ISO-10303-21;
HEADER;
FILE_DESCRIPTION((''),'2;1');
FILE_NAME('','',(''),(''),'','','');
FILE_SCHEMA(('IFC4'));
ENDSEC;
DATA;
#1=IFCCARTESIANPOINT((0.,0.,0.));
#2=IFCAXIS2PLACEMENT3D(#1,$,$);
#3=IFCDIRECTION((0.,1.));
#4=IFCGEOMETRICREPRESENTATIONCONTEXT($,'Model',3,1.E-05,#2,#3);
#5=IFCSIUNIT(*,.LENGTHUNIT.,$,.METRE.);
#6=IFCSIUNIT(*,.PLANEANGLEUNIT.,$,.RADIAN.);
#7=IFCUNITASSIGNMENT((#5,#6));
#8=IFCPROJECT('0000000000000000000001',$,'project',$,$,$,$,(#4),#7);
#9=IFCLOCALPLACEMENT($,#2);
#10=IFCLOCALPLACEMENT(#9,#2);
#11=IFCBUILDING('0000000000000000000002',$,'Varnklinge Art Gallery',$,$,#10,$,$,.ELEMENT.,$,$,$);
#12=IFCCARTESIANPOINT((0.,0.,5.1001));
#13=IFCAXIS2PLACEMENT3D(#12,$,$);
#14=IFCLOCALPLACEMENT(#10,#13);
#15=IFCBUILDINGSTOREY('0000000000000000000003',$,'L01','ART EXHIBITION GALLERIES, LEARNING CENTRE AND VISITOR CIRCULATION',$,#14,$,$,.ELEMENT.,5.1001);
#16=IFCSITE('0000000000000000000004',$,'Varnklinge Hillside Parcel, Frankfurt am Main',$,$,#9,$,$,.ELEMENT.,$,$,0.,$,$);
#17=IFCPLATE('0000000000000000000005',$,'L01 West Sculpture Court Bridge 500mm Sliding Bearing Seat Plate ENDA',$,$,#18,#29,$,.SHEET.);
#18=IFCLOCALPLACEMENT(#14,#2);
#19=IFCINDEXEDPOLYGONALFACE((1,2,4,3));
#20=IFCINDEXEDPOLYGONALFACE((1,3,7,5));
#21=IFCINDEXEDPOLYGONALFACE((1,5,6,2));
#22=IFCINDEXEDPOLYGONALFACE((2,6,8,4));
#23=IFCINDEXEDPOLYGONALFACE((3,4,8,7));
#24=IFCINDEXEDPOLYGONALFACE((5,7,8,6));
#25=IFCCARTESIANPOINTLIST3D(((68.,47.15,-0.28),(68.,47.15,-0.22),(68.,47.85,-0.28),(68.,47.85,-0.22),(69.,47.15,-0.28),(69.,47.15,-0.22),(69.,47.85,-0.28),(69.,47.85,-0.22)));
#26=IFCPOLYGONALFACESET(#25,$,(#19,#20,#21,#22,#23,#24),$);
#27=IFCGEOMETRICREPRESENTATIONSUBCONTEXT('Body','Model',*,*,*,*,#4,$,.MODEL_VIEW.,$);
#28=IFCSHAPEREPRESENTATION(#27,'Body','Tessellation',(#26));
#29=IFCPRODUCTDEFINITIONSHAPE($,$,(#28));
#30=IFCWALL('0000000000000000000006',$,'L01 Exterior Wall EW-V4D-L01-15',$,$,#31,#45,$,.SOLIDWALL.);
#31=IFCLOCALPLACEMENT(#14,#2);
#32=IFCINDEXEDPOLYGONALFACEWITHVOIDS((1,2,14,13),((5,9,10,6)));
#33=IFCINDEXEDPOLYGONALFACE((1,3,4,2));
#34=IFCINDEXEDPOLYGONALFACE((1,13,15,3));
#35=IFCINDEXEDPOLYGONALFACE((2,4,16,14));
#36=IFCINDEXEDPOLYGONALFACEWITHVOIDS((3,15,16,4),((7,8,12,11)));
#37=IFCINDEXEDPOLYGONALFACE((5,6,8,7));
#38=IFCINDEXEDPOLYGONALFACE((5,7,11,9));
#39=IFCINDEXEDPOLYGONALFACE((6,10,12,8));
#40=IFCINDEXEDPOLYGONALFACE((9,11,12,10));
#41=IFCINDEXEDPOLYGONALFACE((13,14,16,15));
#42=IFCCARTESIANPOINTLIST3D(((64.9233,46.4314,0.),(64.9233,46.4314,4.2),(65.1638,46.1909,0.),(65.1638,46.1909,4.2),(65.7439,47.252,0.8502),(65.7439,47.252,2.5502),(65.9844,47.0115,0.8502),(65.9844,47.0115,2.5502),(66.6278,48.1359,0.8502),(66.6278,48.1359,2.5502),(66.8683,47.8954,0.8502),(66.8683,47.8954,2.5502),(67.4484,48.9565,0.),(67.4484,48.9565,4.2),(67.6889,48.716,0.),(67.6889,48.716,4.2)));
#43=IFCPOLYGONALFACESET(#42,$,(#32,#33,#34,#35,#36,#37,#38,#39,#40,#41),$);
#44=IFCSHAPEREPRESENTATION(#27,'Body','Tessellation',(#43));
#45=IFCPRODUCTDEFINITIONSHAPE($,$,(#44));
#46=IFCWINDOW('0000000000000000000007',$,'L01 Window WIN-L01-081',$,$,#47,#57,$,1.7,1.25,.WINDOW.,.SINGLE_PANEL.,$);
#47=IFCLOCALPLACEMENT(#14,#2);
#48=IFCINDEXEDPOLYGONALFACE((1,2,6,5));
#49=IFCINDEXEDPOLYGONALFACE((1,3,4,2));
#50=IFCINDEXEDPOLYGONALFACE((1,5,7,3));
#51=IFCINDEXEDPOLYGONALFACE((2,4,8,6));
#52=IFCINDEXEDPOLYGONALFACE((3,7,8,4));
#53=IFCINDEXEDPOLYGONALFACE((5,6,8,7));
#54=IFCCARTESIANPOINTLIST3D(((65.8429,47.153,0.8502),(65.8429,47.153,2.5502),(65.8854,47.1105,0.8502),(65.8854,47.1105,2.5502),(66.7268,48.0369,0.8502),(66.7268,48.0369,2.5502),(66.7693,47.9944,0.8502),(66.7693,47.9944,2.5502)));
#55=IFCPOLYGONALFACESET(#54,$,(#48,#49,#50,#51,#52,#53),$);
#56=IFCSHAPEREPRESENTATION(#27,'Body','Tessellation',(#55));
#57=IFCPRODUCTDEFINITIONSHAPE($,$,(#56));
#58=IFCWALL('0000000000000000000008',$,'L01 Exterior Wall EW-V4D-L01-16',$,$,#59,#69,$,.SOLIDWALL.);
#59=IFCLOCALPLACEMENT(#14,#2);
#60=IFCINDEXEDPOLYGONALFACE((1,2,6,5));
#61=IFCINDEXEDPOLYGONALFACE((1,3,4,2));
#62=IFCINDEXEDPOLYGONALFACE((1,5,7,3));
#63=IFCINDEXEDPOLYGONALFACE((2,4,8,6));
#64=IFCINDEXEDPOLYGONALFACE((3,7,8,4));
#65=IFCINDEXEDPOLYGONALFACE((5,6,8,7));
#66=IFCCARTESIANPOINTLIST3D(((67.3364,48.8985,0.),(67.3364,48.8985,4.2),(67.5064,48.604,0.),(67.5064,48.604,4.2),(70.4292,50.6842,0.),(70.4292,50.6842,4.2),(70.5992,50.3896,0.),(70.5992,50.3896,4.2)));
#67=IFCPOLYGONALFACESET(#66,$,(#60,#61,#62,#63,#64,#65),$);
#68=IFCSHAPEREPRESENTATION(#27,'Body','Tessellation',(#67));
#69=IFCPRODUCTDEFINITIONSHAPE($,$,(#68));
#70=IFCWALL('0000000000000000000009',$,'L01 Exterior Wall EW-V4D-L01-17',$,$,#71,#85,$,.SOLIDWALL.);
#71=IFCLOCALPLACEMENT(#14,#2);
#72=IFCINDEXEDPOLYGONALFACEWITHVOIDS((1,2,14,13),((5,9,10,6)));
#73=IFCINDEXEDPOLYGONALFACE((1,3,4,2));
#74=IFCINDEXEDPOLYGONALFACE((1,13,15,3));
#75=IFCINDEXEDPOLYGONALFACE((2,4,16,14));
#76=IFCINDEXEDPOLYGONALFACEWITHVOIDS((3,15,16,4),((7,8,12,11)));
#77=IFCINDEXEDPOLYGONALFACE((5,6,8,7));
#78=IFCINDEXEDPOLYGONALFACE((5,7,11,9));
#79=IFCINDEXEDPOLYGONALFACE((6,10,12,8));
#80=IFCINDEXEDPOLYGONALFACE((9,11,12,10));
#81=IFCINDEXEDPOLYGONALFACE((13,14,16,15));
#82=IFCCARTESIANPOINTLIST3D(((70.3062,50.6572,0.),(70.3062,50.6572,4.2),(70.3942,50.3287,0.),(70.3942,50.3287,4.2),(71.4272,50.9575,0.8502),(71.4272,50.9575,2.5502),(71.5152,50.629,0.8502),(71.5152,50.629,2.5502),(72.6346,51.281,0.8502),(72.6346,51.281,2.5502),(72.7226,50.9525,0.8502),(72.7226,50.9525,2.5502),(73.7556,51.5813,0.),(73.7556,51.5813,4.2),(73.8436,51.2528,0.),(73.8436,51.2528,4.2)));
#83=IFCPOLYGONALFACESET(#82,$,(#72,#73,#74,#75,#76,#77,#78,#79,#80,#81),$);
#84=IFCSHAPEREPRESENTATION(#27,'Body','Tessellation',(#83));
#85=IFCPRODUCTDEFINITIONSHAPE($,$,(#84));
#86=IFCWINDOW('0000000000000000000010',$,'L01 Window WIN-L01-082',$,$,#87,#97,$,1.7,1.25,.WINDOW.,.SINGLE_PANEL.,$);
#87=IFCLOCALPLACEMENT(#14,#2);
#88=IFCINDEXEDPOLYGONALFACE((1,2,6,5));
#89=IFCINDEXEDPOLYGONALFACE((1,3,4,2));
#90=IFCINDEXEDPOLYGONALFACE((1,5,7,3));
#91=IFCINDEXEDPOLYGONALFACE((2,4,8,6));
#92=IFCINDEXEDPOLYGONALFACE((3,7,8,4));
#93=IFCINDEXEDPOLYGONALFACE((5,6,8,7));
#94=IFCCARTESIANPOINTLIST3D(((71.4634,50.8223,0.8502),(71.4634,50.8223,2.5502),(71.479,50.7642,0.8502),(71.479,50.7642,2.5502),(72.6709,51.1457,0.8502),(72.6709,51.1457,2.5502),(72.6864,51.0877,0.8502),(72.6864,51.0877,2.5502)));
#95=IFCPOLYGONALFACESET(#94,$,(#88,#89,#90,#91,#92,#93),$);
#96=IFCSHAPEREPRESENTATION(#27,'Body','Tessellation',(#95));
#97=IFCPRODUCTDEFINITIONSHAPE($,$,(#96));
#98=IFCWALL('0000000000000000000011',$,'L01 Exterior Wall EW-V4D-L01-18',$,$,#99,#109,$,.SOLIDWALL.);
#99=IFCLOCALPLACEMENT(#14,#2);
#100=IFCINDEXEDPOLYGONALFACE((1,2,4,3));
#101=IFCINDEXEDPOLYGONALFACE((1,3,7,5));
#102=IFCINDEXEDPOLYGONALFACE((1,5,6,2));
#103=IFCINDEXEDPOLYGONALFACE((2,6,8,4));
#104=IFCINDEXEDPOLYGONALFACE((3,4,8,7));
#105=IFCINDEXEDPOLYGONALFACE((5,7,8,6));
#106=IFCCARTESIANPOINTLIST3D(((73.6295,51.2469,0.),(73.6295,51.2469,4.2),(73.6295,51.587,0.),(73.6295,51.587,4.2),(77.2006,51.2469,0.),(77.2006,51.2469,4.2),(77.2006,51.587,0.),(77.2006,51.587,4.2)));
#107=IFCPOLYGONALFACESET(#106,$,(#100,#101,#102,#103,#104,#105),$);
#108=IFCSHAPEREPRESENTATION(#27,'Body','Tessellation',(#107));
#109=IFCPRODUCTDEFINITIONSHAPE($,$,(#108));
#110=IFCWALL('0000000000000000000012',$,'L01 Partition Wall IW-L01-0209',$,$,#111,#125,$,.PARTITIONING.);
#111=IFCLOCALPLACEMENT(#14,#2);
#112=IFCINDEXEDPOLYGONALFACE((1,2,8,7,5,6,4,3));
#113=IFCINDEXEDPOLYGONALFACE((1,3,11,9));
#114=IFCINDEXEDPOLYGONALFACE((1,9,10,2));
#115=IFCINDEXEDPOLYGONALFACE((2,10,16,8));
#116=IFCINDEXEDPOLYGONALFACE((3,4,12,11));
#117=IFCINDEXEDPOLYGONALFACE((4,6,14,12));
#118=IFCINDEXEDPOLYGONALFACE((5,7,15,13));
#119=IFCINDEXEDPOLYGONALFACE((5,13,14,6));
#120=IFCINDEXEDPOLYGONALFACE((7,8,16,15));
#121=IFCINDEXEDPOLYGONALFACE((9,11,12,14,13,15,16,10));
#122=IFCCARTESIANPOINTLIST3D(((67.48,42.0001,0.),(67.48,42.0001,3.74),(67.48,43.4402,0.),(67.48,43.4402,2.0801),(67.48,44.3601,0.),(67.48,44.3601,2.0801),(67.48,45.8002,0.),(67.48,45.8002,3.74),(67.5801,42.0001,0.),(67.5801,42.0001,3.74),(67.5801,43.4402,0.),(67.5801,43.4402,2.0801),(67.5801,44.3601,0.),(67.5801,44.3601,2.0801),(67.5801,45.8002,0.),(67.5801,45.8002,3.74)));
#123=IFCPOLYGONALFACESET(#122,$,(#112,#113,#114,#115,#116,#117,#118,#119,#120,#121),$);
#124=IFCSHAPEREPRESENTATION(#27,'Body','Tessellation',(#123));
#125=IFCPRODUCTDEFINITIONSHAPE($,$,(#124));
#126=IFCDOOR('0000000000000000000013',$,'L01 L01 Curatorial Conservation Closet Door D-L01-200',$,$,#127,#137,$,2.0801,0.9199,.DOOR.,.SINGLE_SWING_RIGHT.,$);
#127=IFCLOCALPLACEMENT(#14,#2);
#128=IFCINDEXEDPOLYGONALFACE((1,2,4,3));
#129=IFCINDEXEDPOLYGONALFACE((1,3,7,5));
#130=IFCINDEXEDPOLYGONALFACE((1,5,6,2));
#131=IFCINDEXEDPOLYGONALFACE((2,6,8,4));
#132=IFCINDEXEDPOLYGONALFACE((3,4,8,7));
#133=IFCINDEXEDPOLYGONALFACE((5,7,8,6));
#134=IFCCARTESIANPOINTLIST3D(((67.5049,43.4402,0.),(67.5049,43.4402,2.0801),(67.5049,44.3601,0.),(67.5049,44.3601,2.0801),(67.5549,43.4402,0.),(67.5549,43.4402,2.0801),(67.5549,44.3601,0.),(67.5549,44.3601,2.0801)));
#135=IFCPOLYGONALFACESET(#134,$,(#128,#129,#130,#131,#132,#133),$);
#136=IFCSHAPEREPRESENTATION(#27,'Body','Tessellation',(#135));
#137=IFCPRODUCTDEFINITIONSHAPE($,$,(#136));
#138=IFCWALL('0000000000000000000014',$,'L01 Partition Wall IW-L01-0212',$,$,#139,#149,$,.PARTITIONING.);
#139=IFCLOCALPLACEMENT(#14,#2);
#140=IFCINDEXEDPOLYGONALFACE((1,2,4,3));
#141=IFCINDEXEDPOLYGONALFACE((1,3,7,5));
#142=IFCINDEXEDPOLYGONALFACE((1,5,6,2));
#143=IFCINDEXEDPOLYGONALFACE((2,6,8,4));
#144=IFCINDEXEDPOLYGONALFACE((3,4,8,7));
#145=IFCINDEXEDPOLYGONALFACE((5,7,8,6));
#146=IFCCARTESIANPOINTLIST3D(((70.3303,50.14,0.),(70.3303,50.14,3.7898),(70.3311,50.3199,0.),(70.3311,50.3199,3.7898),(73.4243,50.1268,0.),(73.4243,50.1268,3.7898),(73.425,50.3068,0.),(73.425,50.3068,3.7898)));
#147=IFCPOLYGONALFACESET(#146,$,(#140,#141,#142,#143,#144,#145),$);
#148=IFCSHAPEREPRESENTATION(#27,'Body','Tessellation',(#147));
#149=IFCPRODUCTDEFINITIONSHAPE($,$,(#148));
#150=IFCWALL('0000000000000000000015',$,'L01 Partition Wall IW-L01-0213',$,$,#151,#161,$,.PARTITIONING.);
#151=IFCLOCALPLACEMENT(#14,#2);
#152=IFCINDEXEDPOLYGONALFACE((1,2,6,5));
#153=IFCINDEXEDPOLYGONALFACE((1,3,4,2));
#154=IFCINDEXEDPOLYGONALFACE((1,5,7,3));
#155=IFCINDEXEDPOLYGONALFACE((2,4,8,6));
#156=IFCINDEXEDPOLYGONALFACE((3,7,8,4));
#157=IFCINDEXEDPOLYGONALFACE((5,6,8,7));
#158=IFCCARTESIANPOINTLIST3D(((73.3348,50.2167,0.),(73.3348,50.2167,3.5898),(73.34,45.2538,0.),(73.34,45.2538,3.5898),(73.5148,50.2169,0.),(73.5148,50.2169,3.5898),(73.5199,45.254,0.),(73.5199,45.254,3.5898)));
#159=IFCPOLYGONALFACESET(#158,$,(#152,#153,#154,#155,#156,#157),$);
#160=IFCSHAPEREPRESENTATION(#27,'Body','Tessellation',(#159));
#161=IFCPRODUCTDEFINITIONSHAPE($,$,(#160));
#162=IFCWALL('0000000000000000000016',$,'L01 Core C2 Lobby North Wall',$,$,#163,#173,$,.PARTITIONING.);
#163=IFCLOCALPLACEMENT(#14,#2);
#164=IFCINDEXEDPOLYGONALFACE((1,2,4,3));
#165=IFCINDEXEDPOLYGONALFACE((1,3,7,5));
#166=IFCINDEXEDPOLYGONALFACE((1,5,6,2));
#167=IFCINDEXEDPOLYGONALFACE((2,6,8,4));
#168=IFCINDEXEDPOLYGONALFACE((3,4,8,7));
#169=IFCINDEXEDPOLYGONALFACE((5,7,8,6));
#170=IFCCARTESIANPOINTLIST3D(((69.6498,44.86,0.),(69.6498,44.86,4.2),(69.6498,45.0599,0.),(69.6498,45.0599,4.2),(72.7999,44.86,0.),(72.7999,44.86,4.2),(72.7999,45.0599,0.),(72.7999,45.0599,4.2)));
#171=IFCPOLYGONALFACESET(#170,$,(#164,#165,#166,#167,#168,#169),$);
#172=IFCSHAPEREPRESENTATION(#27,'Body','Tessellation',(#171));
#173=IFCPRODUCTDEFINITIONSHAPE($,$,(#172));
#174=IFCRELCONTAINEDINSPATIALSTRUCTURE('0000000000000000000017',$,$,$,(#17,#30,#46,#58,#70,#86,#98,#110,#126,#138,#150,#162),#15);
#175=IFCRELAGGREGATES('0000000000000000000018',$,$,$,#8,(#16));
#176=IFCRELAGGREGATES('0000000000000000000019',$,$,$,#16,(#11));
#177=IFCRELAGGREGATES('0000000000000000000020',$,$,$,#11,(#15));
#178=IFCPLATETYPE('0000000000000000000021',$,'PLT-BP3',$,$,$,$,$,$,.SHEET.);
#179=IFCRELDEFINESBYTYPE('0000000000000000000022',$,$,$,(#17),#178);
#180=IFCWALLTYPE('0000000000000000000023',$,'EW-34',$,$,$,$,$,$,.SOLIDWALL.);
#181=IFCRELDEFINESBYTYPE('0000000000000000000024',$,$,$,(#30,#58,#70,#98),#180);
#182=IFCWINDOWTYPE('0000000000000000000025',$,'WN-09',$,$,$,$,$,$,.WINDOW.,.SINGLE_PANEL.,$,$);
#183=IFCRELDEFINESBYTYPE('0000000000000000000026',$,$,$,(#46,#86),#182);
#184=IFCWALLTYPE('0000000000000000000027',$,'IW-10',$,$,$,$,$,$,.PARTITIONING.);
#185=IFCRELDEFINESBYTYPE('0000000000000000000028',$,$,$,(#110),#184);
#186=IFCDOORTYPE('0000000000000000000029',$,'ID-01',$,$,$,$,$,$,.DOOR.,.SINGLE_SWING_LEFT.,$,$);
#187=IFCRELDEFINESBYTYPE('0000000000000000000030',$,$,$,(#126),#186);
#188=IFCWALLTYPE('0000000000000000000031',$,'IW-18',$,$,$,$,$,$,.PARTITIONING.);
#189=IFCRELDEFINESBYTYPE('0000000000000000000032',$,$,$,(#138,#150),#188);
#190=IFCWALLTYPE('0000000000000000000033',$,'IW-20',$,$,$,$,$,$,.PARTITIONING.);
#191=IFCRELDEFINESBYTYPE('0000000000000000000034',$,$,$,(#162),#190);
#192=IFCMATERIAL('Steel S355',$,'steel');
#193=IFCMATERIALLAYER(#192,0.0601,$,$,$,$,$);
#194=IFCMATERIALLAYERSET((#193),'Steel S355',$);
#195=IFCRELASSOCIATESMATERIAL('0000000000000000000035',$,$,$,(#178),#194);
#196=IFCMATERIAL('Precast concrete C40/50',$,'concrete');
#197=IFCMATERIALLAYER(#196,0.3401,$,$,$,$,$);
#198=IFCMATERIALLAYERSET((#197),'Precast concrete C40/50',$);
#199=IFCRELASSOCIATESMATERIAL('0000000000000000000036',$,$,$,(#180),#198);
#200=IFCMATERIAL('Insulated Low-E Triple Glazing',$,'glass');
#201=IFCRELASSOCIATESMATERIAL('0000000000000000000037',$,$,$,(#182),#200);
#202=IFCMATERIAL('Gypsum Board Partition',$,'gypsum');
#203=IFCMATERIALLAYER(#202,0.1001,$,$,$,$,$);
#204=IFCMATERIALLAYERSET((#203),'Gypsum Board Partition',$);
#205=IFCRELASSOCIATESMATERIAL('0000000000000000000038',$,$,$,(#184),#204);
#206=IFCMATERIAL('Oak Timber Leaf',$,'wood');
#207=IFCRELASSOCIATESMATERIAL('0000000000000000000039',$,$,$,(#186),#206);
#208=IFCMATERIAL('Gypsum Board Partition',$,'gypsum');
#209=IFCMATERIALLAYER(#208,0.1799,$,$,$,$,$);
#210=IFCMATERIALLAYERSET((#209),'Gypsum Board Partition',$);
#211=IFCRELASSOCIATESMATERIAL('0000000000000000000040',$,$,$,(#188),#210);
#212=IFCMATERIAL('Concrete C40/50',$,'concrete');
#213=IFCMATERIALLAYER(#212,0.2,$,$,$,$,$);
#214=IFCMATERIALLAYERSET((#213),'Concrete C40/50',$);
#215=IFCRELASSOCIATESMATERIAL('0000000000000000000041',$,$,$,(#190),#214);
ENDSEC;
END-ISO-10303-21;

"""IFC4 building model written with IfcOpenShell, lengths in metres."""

from ifc_helpers import new_model, si_unit, direction, frame, frame_2d, origin, origin_2d, place, context, subcontext, project, spatial, rectangle, extrude, material, layer, layer_set, type_object, element, fill, save


model = new_model("IFC4")

# Units and contexts
model_context = context("Model", 3, precision=1e-05, world=origin(), true_north=direction((0.0, 1.0)))
body_context = subcontext(model_context, "Body", "Model", "MODEL_VIEW")
ifc_project = project(units=[si_unit("LENGTHUNIT", "METRE"), si_unit("PLANEANGLEUNIT", "RADIAN")], contexts=[model_context])

# Site, building, storey
site_placement = place(None, origin())
site = spatial("IfcSite", under=ifc_project, at=site_placement, Name="Varnklinge Hillside Parcel, Frankfurt am Main", CompositionType="ELEMENT", RefElevation=0.0)
building_placement = place(site_placement, origin())
building = spatial("IfcBuilding", under=site, at=building_placement, Name="Varnklinge Art Gallery", CompositionType="ELEMENT")
storey_placement = place(building_placement, frame((0.0, 0.0, 5.1001)))
storey = spatial("IfcBuildingStorey", under=building, at=storey_placement, Name="L01", Description="ART EXHIBITION GALLERIES, LEARNING CENTRE AND VISITOR CIRCULATION", CompositionType="ELEMENT", Elevation=5.1001)

# Plate
ifc_material_1 = material(Name="Steel S355", Category="steel")
ifc_layer_1 = layer(ifc_material_1, 0.0601)
ifc_layer_set_1 = layer_set([ifc_layer_1], Name="Steel S355")
plate_type = type_object("IfcPlateType", Name="PLT-BP3", PredefinedType="SHEET", material=ifc_layer_set_1)
plate_placement = place(storey_placement, frame((68.5, 47.5, -0.28), z_axis=(0.0, 0.0, 1.0), x_axis=(1.0, 0.0, 0.0)))
element("IfcPlate", 1, at=plate_placement, inside=storey, type_object=plate_type, Name="L01 West Sculpture Court Bridge 500mm Sliding Bearing Seat Plate ENDA", PredefinedType="SHEET", context=body_context, shape_type="SweptSolid", body=[
    extrude(rectangle(XDim=1.0, YDim=0.7, at=origin_2d()), origin(), (0.0, 0.0, 1.0), 0.0601),
])

# Wall, opening, window
ifc_material_2 = material(Name="Precast concrete C40/50", Category="concrete")
ifc_layer_2 = layer(ifc_material_2, 0.3401)
ifc_layer_set_2 = layer_set([ifc_layer_2], Name="Precast concrete C40/50")
wall_type_1 = type_object("IfcWallType", Name="EW-34", PredefinedType="SOLIDWALL", material=ifc_layer_set_2)
wall_1_placement = place(storey_placement, frame((65.0435, 46.311, 0.0), z_axis=(0.0, 0.0, 1.0), x_axis=(0.707107, 0.707107, 0.0)))
wall_1 = element("IfcWall", 2, at=wall_1_placement, inside=storey, type_object=wall_type_1, Name="L01 Exterior Wall EW-V4D-L01-15", PredefinedType="SOLIDWALL", context=body_context, shape_type="SweptSolid", body=[
    extrude(rectangle(XDim=3.571, YDim=0.3401, at=frame_2d((1.7856, 0.0))), origin(), (0.0, 0.0, 1.0), 4.2),
])
opening_1_placement = place(wall_1_placement, frame((1.1606, 0.0, 0.8501)))
opening_1 = element("IfcOpeningElement", 3, at=opening_1_placement, cuts=wall_1, PredefinedType="OPENING", context=body_context, shape_type="SweptSolid", body=[
    extrude(rectangle(XDim=1.25, YDim=1.7, at=frame_2d((0.625, 0.8501))), frame((0.0, 0.1799, 0.0), z_axis=(0.0, -1.0, 0.0), x_axis=(1.0, 0.0, 0.0)), (0.0, 0.0, 1.0), 0.3601),
])
ifc_material_3 = material(Name="Insulated Low-E Triple Glazing", Category="glass")
window_type = type_object("IfcWindowType", Name="WN-09", PartitioningType="SINGLE_PANEL", PredefinedType="WINDOW", material=ifc_material_3)
window_1_placement = place(opening_1_placement, origin())
window_1 = element("IfcWindow", 4, at=window_1_placement, inside=storey, type_object=window_type, Name="L01 Window WIN-L01-081", OverallHeight=1.7, OverallWidth=1.25, PartitioningType="SINGLE_PANEL", PredefinedType="WINDOW", context=body_context, shape_type="SweptSolid", body=[
    extrude(rectangle(XDim=1.25, YDim=1.7, at=frame_2d((0.625, 0.8501))), frame((0.0, 0.03, 0.0), z_axis=(0.0, -1.0, 0.0), x_axis=(1.0, 0.0, 0.0)), (0.0, 0.0, 1.0), 0.0601),
])
fill(opening_1, window_1)

# Wall
wall_2_placement = place(storey_placement, frame((67.4214, 48.7512, 0.0), z_axis=(0.0, 0.0, 1.0), x_axis=(0.866022, 0.500007, 0.0)))
element("IfcWall", 5, at=wall_2_placement, inside=storey, type_object=wall_type_1, Name="L01 Exterior Wall EW-V4D-L01-16", PredefinedType="SOLIDWALL", context=body_context, shape_type="SweptSolid", body=[
    extrude(rectangle(XDim=3.5713, YDim=0.3401, at=frame_2d((1.7856, 0.0))), origin(), (0.0, 0.0, 1.0), 4.2),
])

# Wall, opening, window
wall_3_placement = place(storey_placement, frame((70.3501, 50.4929, 0.0), z_axis=(0.0, 0.0, 1.0), x_axis=(0.96594, 0.258765, 0.0)))
wall_3 = element("IfcWall", 6, at=wall_3_placement, inside=storey, type_object=wall_type_1, Name="L01 Exterior Wall EW-V4D-L01-17", PredefinedType="SOLIDWALL", context=body_context, shape_type="SweptSolid", body=[
    extrude(rectangle(XDim=3.571, YDim=0.3401, at=frame_2d((1.7856, 0.0))), origin(), (0.0, 0.0, 1.0), 4.2),
])
opening_2_placement = place(wall_3_placement, frame((1.1606, 0.0, 0.8501)))
opening_2 = element("IfcOpeningElement", 7, at=opening_2_placement, cuts=wall_3, PredefinedType="OPENING", context=body_context, shape_type="SweptSolid", body=[
    extrude(rectangle(XDim=1.25, YDim=1.7, at=frame_2d((0.625, 0.8501))), frame((0.0, 0.1799, 0.0), z_axis=(0.0, -1.0, 0.0), x_axis=(1.0, 0.0, 0.0)), (0.0, 0.0, 1.0), 0.3601),
])
window_2_placement = place(opening_2_placement, origin())
window_2 = element("IfcWindow", 8, at=window_2_placement, inside=storey, type_object=window_type, Name="L01 Window WIN-L01-082", OverallHeight=1.7, OverallWidth=1.25, PartitioningType="SINGLE_PANEL", PredefinedType="WINDOW", context=body_context, shape_type="SweptSolid", body=[
    extrude(rectangle(XDim=1.25, YDim=1.7, at=frame_2d((0.625, 0.8501))), frame((0.0, 0.03, 0.0), z_axis=(0.0, -1.0, 0.0), x_axis=(1.0, 0.0, 0.0)), (0.0, 0.0, 1.0), 0.0601),
])
fill(opening_2, window_2)

# Wall
wall_4_placement = place(storey_placement, frame((73.6294, 51.417, 0.0), z_axis=(0.0, 0.0, 1.0), x_axis=(1.0, 0.0, 0.0)))
element("IfcWall", 9, at=wall_4_placement, inside=storey, type_object=wall_type_1, Name="L01 Exterior Wall EW-V4D-L01-18", PredefinedType="SOLIDWALL", context=body_context, shape_type="SweptSolid", body=[
    extrude(rectangle(XDim=3.571, YDim=0.3401, at=frame_2d((1.7856, 0.0))), origin(), (0.0, 0.0, 1.0), 4.2),
])

# Wall, opening, door
ifc_material_4 = material(Name="Gypsum Board Partition", Category="gypsum")
ifc_layer_3 = layer(ifc_material_4, 0.1001)
ifc_layer_set_3 = layer_set([ifc_layer_3], Name="Gypsum Board Partition")
wall_type_2 = type_object("IfcWallType", Name="IW-10", PredefinedType="PARTITIONING", material=ifc_layer_set_3)
wall_5_placement = place(storey_placement, frame((67.53, 45.8, 0.0), z_axis=(0.0, 0.0, 1.0), x_axis=(0.0, -1.0, 0.0)))
wall_5 = element("IfcWall", 10, at=wall_5_placement, inside=storey, type_object=wall_type_2, Name="L01 Partition Wall IW-L01-0209", PredefinedType="PARTITIONING", context=body_context, shape_type="SweptSolid", body=[
    extrude(rectangle(XDim=3.8, YDim=0.1001, at=frame_2d((1.8999, 0.0))), origin(), (0.0, 0.0, 1.0), 3.74),
])
opening_3_placement = place(wall_5_placement, frame((1.4399, 0.0, 0.0)))
opening_3 = element("IfcOpeningElement", 11, at=opening_3_placement, cuts=wall_5, PredefinedType="OPENING", context=body_context, shape_type="SweptSolid", body=[
    extrude(rectangle(XDim=0.9199, YDim=2.0801, at=frame_2d((0.46, 1.04))), frame((0.0, 0.0601, 0.0), z_axis=(0.0, -1.0, 0.0), x_axis=(1.0, 0.0, 0.0)), (0.0, 0.0, 1.0), 0.1201),
])
ifc_material_5 = material(Name="Oak Timber Leaf", Category="wood")
door_type_1 = type_object("IfcDoorType", Name="ID-01", OperationType="SINGLE_SWING_LEFT", PredefinedType="DOOR", material=ifc_material_5)
door_1_placement = place(opening_3_placement, origin())
door_1 = element("IfcDoor", 12, at=door_1_placement, inside=storey, type_object=door_type_1, Name="L01 L01 Curatorial Conservation Closet Door D-L01-200", OperationType="SINGLE_SWING_RIGHT", OverallHeight=2.0801, OverallWidth=0.9199, PredefinedType="DOOR", context=body_context, shape_type="SweptSolid", body=[
    extrude(rectangle(XDim=0.9199, YDim=2.0801, at=frame_2d((0.46, 1.04))), frame((0.0, 0.0249, 0.0), z_axis=(0.0, -1.0, 0.0), x_axis=(1.0, 0.0, 0.0)), (0.0, 0.0, 1.0), 0.05),
])
fill(opening_3, door_1)

# Walls
ifc_material_6 = material(Name="Gypsum Board Partition", Category="gypsum")
ifc_layer_4 = layer(ifc_material_6, 0.1799)
ifc_layer_set_4 = layer_set([ifc_layer_4], Name="Gypsum Board Partition")
wall_type_3 = type_object("IfcWallType", Name="IW-18", PredefinedType="PARTITIONING", material=ifc_layer_set_4)
wall_6_placement = place(storey_placement, frame((70.3308, 50.23, 0.0), z_axis=(0.0, 0.0, 1.0), x_axis=(0.999991, -0.004261, 0.0)))
element("IfcWall", 13, at=wall_6_placement, inside=storey, type_object=wall_type_3, Name="L01 Partition Wall IW-L01-0212", PredefinedType="PARTITIONING", context=body_context, shape_type="SweptSolid", body=[
    extrude(rectangle(XDim=3.094, YDim=0.1799, at=frame_2d((1.5469, 0.0))), origin(), (0.0, 0.0, 1.0), 3.7898),
])
wall_7_placement = place(storey_placement, frame((73.4248, 50.2168, 0.0), z_axis=(0.0, 0.0, 1.0), x_axis=(0.001033, -0.999999, 0.0)))
element("IfcWall", 14, at=wall_7_placement, inside=storey, type_object=wall_type_3, Name="L01 Partition Wall IW-L01-0213", PredefinedType="PARTITIONING", context=body_context, shape_type="SweptSolid", body=[
    extrude(rectangle(XDim=4.9629, YDim=0.1799, at=frame_2d((2.4814, 0.0))), origin(), (0.0, 0.0, 1.0), 3.5898),
])
ifc_material_7 = material(Name="Concrete C40/50", Category="concrete")
ifc_layer_5 = layer(ifc_material_7, 0.2)
ifc_layer_set_5 = layer_set([ifc_layer_5], Name="Concrete C40/50")
wall_type_4 = type_object("IfcWallType", Name="IW-20", PredefinedType="PARTITIONING", material=ifc_layer_set_5)
wall_8_placement = place(storey_placement, frame((72.8, 44.96, 0.0), z_axis=(0.0, 0.0, 1.0), x_axis=(-1.0, 0.0, 0.0)))
element("IfcWall", 15, at=wall_8_placement, inside=storey, type_object=wall_type_4, Name="L01 Core C2 Lobby North Wall", PredefinedType="PARTITIONING", context=body_context, shape_type="SweptSolid", body=[
    extrude(rectangle(XDim=3.1501, YDim=0.2, at=frame_2d((1.5752, 0.0))), origin(), (0.0, 0.0, 1.0), 4.2),
])

save(model, "model.ifc")
